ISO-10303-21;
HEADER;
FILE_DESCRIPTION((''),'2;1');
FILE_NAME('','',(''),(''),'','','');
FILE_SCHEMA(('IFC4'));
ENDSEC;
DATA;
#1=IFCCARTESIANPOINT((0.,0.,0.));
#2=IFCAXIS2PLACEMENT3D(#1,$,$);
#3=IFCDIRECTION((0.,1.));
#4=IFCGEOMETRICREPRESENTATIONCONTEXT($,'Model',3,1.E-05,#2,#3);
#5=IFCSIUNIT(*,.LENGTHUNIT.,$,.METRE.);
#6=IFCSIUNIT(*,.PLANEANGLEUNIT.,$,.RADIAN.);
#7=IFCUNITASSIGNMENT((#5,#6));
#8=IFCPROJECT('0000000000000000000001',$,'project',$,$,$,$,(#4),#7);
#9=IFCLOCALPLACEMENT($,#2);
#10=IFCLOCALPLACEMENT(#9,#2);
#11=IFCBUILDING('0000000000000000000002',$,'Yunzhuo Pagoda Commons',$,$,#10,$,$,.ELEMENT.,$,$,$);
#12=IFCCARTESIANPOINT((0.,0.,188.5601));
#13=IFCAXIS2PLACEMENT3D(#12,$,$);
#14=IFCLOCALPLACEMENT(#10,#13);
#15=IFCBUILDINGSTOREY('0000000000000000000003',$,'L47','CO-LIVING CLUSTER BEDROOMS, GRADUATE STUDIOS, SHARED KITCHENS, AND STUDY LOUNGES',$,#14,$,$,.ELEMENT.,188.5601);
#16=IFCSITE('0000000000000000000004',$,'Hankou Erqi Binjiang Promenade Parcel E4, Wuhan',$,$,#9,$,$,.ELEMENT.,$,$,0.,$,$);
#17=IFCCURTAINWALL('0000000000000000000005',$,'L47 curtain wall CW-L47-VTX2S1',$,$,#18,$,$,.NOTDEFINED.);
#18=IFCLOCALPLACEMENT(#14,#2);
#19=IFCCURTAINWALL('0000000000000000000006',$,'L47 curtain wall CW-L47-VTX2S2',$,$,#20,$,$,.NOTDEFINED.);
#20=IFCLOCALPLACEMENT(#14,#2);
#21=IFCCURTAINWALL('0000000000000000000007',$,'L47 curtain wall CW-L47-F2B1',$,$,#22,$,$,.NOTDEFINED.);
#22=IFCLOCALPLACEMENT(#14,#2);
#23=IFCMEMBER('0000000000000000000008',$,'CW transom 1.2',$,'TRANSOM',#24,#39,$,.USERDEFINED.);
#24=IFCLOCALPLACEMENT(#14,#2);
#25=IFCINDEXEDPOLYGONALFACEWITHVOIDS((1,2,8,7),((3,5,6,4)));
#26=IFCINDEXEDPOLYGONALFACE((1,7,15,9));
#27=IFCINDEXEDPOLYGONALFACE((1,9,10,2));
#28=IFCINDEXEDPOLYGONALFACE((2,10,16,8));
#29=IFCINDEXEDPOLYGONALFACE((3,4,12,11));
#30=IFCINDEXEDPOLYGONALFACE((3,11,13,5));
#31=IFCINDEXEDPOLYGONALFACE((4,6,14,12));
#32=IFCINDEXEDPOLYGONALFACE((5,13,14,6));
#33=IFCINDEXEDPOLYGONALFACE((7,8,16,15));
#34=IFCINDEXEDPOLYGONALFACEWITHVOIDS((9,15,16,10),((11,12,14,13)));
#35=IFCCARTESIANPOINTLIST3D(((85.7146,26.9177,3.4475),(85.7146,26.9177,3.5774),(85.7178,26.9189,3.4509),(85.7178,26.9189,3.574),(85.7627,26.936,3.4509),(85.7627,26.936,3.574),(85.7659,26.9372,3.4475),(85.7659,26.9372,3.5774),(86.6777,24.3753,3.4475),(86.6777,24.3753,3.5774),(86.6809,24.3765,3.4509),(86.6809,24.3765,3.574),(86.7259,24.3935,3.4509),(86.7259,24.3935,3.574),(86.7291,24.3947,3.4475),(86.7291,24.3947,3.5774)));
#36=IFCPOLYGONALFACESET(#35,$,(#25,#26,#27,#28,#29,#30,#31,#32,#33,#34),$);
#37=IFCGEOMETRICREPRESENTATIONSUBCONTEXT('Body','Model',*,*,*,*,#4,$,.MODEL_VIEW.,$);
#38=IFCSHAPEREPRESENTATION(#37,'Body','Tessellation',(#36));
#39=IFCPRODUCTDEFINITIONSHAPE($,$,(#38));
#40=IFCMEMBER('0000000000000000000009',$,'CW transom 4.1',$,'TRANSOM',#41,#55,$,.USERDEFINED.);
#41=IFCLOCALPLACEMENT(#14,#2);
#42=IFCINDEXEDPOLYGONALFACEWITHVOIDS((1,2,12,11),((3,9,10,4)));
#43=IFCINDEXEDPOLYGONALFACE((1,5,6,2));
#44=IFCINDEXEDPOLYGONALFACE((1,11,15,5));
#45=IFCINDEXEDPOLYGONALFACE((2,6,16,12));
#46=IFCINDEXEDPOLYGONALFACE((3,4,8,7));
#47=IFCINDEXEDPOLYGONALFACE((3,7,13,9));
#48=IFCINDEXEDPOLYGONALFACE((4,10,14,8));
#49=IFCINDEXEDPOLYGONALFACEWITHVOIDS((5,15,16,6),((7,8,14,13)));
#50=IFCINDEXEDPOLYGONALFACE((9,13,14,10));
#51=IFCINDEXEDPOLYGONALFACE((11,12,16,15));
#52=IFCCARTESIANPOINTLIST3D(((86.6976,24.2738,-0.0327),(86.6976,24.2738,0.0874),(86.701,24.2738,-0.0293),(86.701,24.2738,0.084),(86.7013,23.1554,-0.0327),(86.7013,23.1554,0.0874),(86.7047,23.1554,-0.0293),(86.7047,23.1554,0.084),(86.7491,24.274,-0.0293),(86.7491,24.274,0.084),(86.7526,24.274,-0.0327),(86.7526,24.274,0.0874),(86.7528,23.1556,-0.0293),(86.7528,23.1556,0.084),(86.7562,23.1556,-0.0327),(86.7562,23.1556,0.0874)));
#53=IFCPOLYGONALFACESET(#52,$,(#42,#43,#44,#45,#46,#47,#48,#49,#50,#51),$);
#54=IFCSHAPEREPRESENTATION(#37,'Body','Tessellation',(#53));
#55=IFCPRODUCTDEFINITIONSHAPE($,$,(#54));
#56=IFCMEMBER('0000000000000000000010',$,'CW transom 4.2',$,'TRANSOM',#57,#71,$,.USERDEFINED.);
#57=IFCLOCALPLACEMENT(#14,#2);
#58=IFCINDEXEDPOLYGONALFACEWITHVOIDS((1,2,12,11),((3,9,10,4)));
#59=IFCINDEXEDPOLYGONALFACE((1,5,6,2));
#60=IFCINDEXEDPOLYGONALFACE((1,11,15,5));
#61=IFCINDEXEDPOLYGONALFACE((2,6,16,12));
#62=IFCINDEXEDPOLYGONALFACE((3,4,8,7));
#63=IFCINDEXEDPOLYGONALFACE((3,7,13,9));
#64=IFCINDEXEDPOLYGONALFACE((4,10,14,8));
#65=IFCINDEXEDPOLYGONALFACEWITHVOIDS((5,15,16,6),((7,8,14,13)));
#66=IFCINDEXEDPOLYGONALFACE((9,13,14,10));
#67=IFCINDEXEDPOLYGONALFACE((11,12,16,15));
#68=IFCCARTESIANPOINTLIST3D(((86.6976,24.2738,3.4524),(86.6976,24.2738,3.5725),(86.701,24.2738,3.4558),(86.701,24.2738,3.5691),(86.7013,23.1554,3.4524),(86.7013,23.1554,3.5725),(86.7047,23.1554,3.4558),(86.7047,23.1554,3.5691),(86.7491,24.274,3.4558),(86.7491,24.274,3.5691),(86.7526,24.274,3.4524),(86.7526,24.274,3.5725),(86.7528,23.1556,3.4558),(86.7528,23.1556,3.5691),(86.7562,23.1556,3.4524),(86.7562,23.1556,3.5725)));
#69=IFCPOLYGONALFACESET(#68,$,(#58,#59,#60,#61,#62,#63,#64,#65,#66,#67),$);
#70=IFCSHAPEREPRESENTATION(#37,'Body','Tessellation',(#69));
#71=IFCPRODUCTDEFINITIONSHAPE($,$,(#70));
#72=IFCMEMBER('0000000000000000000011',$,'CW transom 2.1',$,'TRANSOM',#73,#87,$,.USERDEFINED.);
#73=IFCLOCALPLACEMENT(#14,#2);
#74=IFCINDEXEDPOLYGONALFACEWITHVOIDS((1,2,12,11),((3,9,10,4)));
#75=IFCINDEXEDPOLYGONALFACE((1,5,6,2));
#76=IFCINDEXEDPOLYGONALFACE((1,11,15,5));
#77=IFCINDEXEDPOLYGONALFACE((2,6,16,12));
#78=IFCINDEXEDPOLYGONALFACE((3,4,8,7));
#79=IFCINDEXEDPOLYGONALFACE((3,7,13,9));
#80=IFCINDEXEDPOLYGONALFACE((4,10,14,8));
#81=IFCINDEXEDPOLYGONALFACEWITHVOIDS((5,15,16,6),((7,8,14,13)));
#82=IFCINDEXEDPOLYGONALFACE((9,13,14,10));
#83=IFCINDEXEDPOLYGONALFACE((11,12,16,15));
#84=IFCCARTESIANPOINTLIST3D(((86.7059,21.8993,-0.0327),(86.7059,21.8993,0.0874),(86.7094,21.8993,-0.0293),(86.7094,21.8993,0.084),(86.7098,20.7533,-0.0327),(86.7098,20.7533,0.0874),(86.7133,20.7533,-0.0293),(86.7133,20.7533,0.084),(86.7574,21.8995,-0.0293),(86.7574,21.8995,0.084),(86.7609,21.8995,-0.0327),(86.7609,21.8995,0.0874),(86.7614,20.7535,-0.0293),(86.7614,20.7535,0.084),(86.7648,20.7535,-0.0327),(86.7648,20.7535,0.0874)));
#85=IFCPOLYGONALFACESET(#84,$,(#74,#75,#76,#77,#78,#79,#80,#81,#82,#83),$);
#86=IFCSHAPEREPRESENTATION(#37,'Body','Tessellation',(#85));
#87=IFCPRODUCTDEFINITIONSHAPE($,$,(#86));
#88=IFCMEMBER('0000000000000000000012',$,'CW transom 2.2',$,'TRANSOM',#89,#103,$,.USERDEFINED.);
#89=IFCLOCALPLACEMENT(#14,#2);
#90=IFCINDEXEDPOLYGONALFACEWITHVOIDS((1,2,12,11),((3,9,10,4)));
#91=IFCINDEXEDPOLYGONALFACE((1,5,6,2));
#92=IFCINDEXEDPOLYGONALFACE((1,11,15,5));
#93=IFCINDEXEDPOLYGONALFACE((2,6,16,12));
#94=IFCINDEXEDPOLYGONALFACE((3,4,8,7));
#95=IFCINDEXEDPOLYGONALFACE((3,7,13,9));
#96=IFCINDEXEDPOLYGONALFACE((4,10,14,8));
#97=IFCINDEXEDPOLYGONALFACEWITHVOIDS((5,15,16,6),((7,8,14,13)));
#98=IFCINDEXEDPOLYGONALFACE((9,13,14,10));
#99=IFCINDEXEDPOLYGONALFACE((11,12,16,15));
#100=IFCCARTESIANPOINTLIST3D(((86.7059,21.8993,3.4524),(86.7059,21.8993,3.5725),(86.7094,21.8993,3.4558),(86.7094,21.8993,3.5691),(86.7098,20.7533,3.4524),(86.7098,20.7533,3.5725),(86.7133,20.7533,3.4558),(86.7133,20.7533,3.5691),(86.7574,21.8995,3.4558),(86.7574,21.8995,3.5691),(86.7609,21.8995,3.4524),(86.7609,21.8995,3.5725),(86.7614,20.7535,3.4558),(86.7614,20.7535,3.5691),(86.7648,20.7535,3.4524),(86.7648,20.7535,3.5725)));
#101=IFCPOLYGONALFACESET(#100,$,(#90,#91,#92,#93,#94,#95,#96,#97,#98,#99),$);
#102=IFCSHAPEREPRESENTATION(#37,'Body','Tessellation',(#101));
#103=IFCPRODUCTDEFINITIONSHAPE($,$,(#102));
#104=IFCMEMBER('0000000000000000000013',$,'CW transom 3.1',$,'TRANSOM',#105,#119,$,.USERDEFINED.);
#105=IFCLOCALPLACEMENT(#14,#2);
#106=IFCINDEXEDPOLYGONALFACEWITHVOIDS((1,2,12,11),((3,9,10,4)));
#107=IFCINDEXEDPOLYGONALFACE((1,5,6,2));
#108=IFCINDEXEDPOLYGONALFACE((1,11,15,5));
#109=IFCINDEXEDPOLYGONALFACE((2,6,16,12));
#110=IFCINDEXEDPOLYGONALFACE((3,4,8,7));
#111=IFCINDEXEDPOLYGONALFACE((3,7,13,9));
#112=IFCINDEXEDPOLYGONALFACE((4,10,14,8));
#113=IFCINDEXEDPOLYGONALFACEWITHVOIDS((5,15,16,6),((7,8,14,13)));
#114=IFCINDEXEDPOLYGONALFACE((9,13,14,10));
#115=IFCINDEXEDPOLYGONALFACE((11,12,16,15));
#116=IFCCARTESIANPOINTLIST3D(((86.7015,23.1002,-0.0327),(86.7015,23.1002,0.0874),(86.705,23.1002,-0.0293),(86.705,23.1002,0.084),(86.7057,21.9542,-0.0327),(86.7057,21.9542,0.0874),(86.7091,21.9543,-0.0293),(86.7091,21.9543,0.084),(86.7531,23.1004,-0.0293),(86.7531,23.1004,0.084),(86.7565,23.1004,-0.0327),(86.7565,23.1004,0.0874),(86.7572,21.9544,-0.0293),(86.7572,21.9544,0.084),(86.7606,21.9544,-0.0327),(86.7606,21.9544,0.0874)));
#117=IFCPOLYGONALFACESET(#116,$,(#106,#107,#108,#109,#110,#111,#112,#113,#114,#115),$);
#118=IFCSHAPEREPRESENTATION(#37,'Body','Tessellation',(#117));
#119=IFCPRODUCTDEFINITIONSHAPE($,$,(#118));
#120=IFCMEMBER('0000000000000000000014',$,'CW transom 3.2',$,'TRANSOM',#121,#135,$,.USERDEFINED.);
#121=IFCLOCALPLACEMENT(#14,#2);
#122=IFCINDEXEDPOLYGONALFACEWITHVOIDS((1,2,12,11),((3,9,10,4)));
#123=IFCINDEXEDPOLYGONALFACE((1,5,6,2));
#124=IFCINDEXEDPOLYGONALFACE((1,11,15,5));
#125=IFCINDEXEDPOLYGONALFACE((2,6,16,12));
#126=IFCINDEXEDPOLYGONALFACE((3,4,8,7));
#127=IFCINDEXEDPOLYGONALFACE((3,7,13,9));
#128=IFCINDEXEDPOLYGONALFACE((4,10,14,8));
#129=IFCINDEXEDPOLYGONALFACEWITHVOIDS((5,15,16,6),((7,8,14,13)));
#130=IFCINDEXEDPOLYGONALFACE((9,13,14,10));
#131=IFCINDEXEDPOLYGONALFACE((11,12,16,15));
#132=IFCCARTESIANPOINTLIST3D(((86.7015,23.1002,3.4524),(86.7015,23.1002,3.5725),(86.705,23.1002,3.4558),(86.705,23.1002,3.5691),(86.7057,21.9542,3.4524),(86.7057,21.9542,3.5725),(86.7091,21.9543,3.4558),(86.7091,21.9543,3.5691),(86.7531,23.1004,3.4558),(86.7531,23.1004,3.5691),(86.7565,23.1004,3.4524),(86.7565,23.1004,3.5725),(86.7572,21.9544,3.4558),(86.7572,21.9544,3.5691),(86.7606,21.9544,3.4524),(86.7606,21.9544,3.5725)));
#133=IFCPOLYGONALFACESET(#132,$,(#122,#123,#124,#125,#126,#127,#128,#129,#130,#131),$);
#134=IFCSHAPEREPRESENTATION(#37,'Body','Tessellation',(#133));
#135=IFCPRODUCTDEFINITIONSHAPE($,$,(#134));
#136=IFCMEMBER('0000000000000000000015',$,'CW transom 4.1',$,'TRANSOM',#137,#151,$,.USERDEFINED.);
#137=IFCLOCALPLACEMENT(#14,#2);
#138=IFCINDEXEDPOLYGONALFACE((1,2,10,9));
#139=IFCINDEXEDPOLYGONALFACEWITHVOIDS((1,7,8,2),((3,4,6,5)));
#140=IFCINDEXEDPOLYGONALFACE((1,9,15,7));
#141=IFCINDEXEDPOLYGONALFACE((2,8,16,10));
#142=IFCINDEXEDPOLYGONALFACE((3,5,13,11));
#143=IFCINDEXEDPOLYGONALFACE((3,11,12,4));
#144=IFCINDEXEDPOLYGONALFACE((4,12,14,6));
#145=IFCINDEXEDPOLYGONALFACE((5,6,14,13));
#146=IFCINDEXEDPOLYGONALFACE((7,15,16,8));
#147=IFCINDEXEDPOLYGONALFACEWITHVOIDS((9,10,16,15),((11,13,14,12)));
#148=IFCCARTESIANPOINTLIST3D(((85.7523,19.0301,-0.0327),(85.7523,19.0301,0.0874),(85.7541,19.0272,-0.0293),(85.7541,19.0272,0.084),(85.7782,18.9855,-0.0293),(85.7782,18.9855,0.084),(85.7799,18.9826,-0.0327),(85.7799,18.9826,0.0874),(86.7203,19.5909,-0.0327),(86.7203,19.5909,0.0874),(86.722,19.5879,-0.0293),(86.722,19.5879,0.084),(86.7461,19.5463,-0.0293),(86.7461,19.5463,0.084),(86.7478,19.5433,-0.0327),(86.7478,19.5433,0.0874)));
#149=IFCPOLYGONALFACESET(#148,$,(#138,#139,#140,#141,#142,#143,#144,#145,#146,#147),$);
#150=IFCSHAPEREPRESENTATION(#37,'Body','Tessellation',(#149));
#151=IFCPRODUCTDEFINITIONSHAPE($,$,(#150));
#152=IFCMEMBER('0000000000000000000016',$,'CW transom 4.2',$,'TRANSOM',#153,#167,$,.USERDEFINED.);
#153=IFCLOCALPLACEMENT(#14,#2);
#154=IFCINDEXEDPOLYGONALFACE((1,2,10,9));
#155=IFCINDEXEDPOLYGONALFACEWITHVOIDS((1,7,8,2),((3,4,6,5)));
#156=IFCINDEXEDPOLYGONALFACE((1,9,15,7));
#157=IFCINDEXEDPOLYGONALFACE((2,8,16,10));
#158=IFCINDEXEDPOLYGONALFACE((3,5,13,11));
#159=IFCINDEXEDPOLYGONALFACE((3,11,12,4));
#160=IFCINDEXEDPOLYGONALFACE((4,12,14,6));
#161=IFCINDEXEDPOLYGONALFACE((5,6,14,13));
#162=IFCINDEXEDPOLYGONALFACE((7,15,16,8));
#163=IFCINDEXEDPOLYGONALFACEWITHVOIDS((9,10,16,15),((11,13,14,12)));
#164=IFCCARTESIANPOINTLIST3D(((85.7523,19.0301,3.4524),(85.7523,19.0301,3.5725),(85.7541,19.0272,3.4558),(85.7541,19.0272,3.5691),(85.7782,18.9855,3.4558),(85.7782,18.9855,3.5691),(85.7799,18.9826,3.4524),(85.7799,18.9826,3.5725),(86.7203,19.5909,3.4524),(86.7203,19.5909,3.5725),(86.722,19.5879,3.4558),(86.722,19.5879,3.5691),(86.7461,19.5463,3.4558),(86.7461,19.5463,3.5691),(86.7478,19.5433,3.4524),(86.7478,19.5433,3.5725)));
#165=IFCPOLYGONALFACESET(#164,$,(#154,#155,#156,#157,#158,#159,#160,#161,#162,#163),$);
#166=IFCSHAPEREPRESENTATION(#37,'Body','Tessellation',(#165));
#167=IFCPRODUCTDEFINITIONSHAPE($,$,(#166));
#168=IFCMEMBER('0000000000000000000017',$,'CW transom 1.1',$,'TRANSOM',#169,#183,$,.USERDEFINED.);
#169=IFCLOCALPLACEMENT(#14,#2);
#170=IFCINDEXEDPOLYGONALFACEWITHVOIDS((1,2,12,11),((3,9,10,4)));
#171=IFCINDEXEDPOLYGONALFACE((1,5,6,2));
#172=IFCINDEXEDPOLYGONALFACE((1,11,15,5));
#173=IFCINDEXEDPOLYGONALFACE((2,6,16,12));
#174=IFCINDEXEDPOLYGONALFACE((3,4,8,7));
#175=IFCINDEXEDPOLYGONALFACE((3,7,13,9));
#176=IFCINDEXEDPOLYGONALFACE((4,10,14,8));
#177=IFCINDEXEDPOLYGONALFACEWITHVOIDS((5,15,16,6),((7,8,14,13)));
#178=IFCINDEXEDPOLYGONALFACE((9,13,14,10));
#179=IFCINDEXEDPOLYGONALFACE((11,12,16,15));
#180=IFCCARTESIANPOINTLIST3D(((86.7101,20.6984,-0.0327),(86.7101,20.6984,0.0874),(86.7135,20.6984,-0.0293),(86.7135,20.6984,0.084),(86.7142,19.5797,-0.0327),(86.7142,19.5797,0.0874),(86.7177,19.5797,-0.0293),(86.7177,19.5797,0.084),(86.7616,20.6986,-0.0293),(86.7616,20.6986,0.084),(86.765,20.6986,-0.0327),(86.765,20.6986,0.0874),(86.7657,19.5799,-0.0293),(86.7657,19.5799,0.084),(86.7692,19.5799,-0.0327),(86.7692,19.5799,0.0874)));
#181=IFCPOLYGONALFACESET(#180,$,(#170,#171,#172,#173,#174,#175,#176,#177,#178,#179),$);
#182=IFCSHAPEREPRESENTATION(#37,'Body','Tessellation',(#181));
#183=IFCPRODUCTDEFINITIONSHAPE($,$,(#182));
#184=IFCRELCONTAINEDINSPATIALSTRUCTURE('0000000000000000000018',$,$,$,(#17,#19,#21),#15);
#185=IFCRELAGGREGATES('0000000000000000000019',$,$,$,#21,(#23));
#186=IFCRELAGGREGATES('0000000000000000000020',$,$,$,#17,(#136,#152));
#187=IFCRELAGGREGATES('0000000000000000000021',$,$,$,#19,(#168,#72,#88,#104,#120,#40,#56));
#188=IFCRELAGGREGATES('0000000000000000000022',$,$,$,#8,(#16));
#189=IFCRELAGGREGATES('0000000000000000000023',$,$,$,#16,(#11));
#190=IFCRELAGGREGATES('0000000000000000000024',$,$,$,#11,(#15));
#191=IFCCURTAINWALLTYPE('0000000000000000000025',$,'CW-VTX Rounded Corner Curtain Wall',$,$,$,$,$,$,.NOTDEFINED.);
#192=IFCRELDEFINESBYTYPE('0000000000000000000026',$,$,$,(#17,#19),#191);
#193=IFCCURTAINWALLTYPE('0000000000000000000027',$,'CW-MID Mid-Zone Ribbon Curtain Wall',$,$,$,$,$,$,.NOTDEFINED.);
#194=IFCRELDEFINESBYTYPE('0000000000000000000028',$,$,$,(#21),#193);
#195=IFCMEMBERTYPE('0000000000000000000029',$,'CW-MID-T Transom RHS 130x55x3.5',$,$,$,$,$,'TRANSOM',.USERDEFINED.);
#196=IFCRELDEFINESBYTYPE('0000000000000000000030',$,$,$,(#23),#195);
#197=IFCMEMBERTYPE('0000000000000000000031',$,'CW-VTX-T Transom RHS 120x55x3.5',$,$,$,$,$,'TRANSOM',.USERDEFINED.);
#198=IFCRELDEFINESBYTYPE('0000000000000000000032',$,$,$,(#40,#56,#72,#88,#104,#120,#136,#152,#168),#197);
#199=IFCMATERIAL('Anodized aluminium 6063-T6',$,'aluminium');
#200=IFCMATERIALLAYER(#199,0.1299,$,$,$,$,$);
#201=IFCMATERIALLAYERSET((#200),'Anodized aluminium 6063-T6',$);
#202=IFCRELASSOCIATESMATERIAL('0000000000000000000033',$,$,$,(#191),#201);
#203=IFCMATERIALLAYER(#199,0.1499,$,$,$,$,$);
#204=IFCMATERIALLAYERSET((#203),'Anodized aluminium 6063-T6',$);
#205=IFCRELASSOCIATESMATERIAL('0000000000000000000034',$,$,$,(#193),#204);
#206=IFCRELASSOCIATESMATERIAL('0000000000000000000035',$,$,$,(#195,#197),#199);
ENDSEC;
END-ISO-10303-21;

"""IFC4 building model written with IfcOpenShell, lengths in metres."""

from ifc_helpers import new_model, si_unit, direction, frame, origin, origin_2d, place, context, subcontext, project, spatial, hollow_rectangle, extrude, source, transform, mapped, material, layer, layer_set, material_profile, profile_set, type_object, element, aggregate, save


model = new_model("IFC4")

# Units and contexts
model_context = context("Model", 3, precision=1e-05, world=origin(), true_north=direction((0.0, 1.0)))
body_context = subcontext(model_context, "Body", "Model", "MODEL_VIEW")
ifc_project = project(units=[si_unit("LENGTHUNIT", "METRE"), si_unit("PLANEANGLEUNIT", "RADIAN")], contexts=[model_context])

# Site, building, storey
site_placement = place(None, origin())
site = spatial("IfcSite", under=ifc_project, at=site_placement, Name="Hankou Erqi Binjiang Promenade Parcel E4, Wuhan", CompositionType="ELEMENT", RefElevation=0.0)
building_placement = place(site_placement, origin())
building = spatial("IfcBuilding", under=site, at=building_placement, Name="Yunzhuo Pagoda Commons", CompositionType="ELEMENT")
storey_placement = place(building_placement, frame((0.0, 0.0, 188.5601)))
storey = spatial("IfcBuildingStorey", under=building, at=storey_placement, Name="L47", Description="CO-LIVING CLUSTER BEDROOMS, GRADUATE STUDIOS, SHARED KITCHENS, AND STUDY LOUNGES", CompositionType="ELEMENT", Elevation=188.5601)

# Curtain wall
ifc_material_1 = material(Name="Anodized aluminium 6063-T6", Category="aluminium")
ifc_layer_1 = layer(ifc_material_1, 0.1299)
ifc_layer_set_1 = layer_set([ifc_layer_1], Name="Anodized aluminium 6063-T6")
curtain_wall_type_1 = type_object("IfcCurtainWallType", Name="CW-VTX Rounded Corner Curtain Wall", PredefinedType="NOTDEFINED", material=ifc_layer_set_1)
curtain_wall_1_placement = place(storey_placement, origin())
curtain_wall_1 = element("IfcCurtainWall", 1, at=curtain_wall_1_placement, inside=storey, type_object=curtain_wall_type_1, Name="L47 curtain wall CW-L47-VTX2S1", PredefinedType="NOTDEFINED")

# Curtain wall
curtain_wall_2_placement = place(storey_placement, origin())
curtain_wall_2 = element("IfcCurtainWall", 2, at=curtain_wall_2_placement, inside=storey, type_object=curtain_wall_type_1, Name="L47 curtain wall CW-L47-VTX2S2", PredefinedType="NOTDEFINED")

# Shared definitions
ifc_layer_2 = layer(ifc_material_1, 0.1499)
ifc_layer_set_2 = layer_set([ifc_layer_2], Name="Anodized aluminium 6063-T6")
curtain_wall_type_2 = type_object("IfcCurtainWallType", Name="CW-MID Mid-Zone Ribbon Curtain Wall", PredefinedType="NOTDEFINED", material=ifc_layer_set_2)

# Curtain wall
curtain_wall_3_placement = place(storey_placement, origin())
curtain_wall_3 = element("IfcCurtainWall", 3, at=curtain_wall_3_placement, inside=storey, type_object=curtain_wall_type_2, Name="L47 curtain wall CW-L47-F2B1", PredefinedType="NOTDEFINED")

# Members
ifc_material_profile_1 = material_profile(ifc_material_1, hollow_rectangle(XDim=0.0549, YDim=0.1299, WallThickness=0.0034, at=origin_2d()), Name="Anodized aluminium 6063-T6")
ifc_profile_set_1 = profile_set([ifc_material_profile_1], Name="Anodized aluminium 6063-T6")
member_type_1 = type_object("IfcMemberType", Name="CW-MID-T Transom RHS 130x55x3.5", ElementType="TRANSOM", PredefinedType="USERDEFINED", material=ifc_profile_set_1)
shared_shape_1 = source(origin(), body_context, "Body", "SweptSolid", [
    extrude(hollow_rectangle(XDim=0.0549, YDim=0.1299, WallThickness=0.0034, at=origin_2d()), origin(), (0.0, 0.0, 1.0), 2.7188),
])
member_1_placement = place(storey_placement, frame((86.7034, 24.385, 3.5125), z_axis=(-0.354251, 0.93515, 0.0), x_axis=(-0.93515, -0.354251, 0.0)))
member_1 = element("IfcMember", 4, at=member_1_placement, type_object=member_type_1, Name="CW transom 1.2", ObjectType="TRANSOM", PredefinedType="USERDEFINED", context=body_context, shape_type="MappedRepresentation", body=[
    mapped(shared_shape_1, transform((0.0, 0.0, 0.0), scale=1.0)),
])
ifc_material_profile_2 = material_profile(ifc_material_1, hollow_rectangle(XDim=0.0549, YDim=0.1201, WallThickness=0.0034, at=origin_2d()), Name="Anodized aluminium 6063-T6")
ifc_profile_set_2 = profile_set([ifc_material_profile_2], Name="Anodized aluminium 6063-T6")
member_type_2 = type_object("IfcMemberType", Name="CW-VTX-T Transom RHS 120x55x3.5", ElementType="TRANSOM", PredefinedType="USERDEFINED", material=ifc_profile_set_2)
shared_shape_2 = source(origin(), body_context, "Body", "SweptSolid", [
    extrude(hollow_rectangle(XDim=0.0549, YDim=0.1201, WallThickness=0.0034, at=origin_2d()), origin(), (0.0, 0.0, 1.0), 1.1184),
])
member_2_placement = place(storey_placement, frame((86.7288, 23.1555, 0.0273), z_axis=(-0.003274, 0.999995, 0.0), x_axis=(-0.999995, -0.003274, 0.0)))
member_2 = element("IfcMember", 5, at=member_2_placement, type_object=member_type_2, Name="CW transom 4.1", ObjectType="TRANSOM", PredefinedType="USERDEFINED", context=body_context, shape_type="MappedRepresentation", body=[
    mapped(shared_shape_2, transform((0.0, 0.0, 0.0), scale=1.0)),
])
member_3_placement = place(storey_placement, frame((86.7288, 23.1555, 3.5125), z_axis=(-0.003274, 0.999995, 0.0), x_axis=(-0.999995, -0.003274, 0.0)))
member_3 = element("IfcMember", 6, at=member_3_placement, type_object=member_type_2, Name="CW transom 4.2", ObjectType="TRANSOM", PredefinedType="USERDEFINED", context=body_context, shape_type="MappedRepresentation", body=[
    mapped(shared_shape_2, transform((0.0, 0.0, 0.0), scale=1.0)),
])
shared_shape_3 = source(origin(), body_context, "Body", "SweptSolid", [
    extrude(hollow_rectangle(XDim=0.0549, YDim=0.1201, WallThickness=0.0034, at=origin_2d()), origin(), (0.0, 0.0, 1.0), 1.146),
])
member_4_placement = place(storey_placement, frame((86.7373, 20.7534, 0.0273), z_axis=(-0.003409, 0.999994, 0.0), x_axis=(-0.999994, -0.003409, 0.0)))
member_4 = element("IfcMember", 7, at=member_4_placement, type_object=member_type_2, Name="CW transom 2.1", ObjectType="TRANSOM", PredefinedType="USERDEFINED", context=body_context, shape_type="MappedRepresentation", body=[
    mapped(shared_shape_3, transform((0.0, 0.0, 0.0), scale=1.0)),
])
member_5_placement = place(storey_placement, frame((86.7373, 20.7534, 3.5125), z_axis=(-0.003409, 0.999994, 0.0), x_axis=(-0.999994, -0.003409, 0.0)))
member_5 = element("IfcMember", 8, at=member_5_placement, type_object=member_type_2, Name="CW transom 2.2", ObjectType="TRANSOM", PredefinedType="USERDEFINED", context=body_context, shape_type="MappedRepresentation", body=[
    mapped(shared_shape_3, transform((0.0, 0.0, 0.0), scale=1.0)),
])
member_6_placement = place(storey_placement, frame((86.7332, 21.9543, 0.0273), z_axis=(-0.003622, 0.999993, 0.0), x_axis=(-0.999993, -0.003622, 0.0)))
member_6 = element("IfcMember", 9, at=member_6_placement, type_object=member_type_2, Name="CW transom 3.1", ObjectType="TRANSOM", PredefinedType="USERDEFINED", context=body_context, shape_type="MappedRepresentation", body=[
    mapped(shared_shape_3, transform((0.0, 0.0, 0.0), scale=1.0)),
])
member_7_placement = place(storey_placement, frame((86.7332, 21.9543, 3.5125), z_axis=(-0.003622, 0.999993, 0.0), x_axis=(-0.999993, -0.003622, 0.0)))
member_7 = element("IfcMember", 10, at=member_7_placement, type_object=member_type_2, Name="CW transom 3.2", ObjectType="TRANSOM", PredefinedType="USERDEFINED", context=body_context, shape_type="MappedRepresentation", body=[
    mapped(shared_shape_3, transform((0.0, 0.0, 0.0), scale=1.0)),
])
shared_shape_4 = source(origin(), body_context, "Body", "SweptSolid", [
    extrude(hollow_rectangle(XDim=0.0549, YDim=0.1201, WallThickness=0.0034, at=origin_2d()), origin(), (0.0, 0.0, 1.0), 1.1187),
])
member_8_placement = place(storey_placement, frame((85.7661, 19.0063, 0.0273), z_axis=(0.865287, 0.501277, 0.0), x_axis=(-0.501277, 0.865287, 0.0)))
member_8 = element("IfcMember", 11, at=member_8_placement, type_object=member_type_2, Name="CW transom 4.1", ObjectType="TRANSOM", PredefinedType="USERDEFINED", context=body_context, shape_type="MappedRepresentation", body=[
    mapped(shared_shape_4, transform((0.0, 0.0, 0.0), scale=1.0)),
])
member_9_placement = place(storey_placement, frame((85.7661, 19.0063, 3.5125), z_axis=(0.865287, 0.501277, 0.0), x_axis=(-0.501277, 0.865287, 0.0)))
member_9 = element("IfcMember", 12, at=member_9_placement, type_object=member_type_2, Name="CW transom 4.2", ObjectType="TRANSOM", PredefinedType="USERDEFINED", context=body_context, shape_type="MappedRepresentation", body=[
    mapped(shared_shape_4, transform((0.0, 0.0, 0.0), scale=1.0)),
])
member_10_placement = place(storey_placement, frame((86.7417, 19.5798, 0.0273), z_axis=(-0.00371, 0.999993, 0.0), x_axis=(-0.999993, -0.00371, 0.0)))
member_10 = element("IfcMember", 13, at=member_10_placement, type_object=member_type_2, Name="CW transom 1.1", ObjectType="TRANSOM", PredefinedType="USERDEFINED", context=body_context, shape_type="MappedRepresentation", body=[
    mapped(shared_shape_4, transform((0.0, 0.0, 0.0), scale=1.0)),
])

aggregate(curtain_wall_3, [member_1])
aggregate(curtain_wall_1, [member_8, member_9])
aggregate(curtain_wall_2, [member_10, member_4, member_5, member_6, member_7, member_2, member_3])

save(model, "model.ifc")
